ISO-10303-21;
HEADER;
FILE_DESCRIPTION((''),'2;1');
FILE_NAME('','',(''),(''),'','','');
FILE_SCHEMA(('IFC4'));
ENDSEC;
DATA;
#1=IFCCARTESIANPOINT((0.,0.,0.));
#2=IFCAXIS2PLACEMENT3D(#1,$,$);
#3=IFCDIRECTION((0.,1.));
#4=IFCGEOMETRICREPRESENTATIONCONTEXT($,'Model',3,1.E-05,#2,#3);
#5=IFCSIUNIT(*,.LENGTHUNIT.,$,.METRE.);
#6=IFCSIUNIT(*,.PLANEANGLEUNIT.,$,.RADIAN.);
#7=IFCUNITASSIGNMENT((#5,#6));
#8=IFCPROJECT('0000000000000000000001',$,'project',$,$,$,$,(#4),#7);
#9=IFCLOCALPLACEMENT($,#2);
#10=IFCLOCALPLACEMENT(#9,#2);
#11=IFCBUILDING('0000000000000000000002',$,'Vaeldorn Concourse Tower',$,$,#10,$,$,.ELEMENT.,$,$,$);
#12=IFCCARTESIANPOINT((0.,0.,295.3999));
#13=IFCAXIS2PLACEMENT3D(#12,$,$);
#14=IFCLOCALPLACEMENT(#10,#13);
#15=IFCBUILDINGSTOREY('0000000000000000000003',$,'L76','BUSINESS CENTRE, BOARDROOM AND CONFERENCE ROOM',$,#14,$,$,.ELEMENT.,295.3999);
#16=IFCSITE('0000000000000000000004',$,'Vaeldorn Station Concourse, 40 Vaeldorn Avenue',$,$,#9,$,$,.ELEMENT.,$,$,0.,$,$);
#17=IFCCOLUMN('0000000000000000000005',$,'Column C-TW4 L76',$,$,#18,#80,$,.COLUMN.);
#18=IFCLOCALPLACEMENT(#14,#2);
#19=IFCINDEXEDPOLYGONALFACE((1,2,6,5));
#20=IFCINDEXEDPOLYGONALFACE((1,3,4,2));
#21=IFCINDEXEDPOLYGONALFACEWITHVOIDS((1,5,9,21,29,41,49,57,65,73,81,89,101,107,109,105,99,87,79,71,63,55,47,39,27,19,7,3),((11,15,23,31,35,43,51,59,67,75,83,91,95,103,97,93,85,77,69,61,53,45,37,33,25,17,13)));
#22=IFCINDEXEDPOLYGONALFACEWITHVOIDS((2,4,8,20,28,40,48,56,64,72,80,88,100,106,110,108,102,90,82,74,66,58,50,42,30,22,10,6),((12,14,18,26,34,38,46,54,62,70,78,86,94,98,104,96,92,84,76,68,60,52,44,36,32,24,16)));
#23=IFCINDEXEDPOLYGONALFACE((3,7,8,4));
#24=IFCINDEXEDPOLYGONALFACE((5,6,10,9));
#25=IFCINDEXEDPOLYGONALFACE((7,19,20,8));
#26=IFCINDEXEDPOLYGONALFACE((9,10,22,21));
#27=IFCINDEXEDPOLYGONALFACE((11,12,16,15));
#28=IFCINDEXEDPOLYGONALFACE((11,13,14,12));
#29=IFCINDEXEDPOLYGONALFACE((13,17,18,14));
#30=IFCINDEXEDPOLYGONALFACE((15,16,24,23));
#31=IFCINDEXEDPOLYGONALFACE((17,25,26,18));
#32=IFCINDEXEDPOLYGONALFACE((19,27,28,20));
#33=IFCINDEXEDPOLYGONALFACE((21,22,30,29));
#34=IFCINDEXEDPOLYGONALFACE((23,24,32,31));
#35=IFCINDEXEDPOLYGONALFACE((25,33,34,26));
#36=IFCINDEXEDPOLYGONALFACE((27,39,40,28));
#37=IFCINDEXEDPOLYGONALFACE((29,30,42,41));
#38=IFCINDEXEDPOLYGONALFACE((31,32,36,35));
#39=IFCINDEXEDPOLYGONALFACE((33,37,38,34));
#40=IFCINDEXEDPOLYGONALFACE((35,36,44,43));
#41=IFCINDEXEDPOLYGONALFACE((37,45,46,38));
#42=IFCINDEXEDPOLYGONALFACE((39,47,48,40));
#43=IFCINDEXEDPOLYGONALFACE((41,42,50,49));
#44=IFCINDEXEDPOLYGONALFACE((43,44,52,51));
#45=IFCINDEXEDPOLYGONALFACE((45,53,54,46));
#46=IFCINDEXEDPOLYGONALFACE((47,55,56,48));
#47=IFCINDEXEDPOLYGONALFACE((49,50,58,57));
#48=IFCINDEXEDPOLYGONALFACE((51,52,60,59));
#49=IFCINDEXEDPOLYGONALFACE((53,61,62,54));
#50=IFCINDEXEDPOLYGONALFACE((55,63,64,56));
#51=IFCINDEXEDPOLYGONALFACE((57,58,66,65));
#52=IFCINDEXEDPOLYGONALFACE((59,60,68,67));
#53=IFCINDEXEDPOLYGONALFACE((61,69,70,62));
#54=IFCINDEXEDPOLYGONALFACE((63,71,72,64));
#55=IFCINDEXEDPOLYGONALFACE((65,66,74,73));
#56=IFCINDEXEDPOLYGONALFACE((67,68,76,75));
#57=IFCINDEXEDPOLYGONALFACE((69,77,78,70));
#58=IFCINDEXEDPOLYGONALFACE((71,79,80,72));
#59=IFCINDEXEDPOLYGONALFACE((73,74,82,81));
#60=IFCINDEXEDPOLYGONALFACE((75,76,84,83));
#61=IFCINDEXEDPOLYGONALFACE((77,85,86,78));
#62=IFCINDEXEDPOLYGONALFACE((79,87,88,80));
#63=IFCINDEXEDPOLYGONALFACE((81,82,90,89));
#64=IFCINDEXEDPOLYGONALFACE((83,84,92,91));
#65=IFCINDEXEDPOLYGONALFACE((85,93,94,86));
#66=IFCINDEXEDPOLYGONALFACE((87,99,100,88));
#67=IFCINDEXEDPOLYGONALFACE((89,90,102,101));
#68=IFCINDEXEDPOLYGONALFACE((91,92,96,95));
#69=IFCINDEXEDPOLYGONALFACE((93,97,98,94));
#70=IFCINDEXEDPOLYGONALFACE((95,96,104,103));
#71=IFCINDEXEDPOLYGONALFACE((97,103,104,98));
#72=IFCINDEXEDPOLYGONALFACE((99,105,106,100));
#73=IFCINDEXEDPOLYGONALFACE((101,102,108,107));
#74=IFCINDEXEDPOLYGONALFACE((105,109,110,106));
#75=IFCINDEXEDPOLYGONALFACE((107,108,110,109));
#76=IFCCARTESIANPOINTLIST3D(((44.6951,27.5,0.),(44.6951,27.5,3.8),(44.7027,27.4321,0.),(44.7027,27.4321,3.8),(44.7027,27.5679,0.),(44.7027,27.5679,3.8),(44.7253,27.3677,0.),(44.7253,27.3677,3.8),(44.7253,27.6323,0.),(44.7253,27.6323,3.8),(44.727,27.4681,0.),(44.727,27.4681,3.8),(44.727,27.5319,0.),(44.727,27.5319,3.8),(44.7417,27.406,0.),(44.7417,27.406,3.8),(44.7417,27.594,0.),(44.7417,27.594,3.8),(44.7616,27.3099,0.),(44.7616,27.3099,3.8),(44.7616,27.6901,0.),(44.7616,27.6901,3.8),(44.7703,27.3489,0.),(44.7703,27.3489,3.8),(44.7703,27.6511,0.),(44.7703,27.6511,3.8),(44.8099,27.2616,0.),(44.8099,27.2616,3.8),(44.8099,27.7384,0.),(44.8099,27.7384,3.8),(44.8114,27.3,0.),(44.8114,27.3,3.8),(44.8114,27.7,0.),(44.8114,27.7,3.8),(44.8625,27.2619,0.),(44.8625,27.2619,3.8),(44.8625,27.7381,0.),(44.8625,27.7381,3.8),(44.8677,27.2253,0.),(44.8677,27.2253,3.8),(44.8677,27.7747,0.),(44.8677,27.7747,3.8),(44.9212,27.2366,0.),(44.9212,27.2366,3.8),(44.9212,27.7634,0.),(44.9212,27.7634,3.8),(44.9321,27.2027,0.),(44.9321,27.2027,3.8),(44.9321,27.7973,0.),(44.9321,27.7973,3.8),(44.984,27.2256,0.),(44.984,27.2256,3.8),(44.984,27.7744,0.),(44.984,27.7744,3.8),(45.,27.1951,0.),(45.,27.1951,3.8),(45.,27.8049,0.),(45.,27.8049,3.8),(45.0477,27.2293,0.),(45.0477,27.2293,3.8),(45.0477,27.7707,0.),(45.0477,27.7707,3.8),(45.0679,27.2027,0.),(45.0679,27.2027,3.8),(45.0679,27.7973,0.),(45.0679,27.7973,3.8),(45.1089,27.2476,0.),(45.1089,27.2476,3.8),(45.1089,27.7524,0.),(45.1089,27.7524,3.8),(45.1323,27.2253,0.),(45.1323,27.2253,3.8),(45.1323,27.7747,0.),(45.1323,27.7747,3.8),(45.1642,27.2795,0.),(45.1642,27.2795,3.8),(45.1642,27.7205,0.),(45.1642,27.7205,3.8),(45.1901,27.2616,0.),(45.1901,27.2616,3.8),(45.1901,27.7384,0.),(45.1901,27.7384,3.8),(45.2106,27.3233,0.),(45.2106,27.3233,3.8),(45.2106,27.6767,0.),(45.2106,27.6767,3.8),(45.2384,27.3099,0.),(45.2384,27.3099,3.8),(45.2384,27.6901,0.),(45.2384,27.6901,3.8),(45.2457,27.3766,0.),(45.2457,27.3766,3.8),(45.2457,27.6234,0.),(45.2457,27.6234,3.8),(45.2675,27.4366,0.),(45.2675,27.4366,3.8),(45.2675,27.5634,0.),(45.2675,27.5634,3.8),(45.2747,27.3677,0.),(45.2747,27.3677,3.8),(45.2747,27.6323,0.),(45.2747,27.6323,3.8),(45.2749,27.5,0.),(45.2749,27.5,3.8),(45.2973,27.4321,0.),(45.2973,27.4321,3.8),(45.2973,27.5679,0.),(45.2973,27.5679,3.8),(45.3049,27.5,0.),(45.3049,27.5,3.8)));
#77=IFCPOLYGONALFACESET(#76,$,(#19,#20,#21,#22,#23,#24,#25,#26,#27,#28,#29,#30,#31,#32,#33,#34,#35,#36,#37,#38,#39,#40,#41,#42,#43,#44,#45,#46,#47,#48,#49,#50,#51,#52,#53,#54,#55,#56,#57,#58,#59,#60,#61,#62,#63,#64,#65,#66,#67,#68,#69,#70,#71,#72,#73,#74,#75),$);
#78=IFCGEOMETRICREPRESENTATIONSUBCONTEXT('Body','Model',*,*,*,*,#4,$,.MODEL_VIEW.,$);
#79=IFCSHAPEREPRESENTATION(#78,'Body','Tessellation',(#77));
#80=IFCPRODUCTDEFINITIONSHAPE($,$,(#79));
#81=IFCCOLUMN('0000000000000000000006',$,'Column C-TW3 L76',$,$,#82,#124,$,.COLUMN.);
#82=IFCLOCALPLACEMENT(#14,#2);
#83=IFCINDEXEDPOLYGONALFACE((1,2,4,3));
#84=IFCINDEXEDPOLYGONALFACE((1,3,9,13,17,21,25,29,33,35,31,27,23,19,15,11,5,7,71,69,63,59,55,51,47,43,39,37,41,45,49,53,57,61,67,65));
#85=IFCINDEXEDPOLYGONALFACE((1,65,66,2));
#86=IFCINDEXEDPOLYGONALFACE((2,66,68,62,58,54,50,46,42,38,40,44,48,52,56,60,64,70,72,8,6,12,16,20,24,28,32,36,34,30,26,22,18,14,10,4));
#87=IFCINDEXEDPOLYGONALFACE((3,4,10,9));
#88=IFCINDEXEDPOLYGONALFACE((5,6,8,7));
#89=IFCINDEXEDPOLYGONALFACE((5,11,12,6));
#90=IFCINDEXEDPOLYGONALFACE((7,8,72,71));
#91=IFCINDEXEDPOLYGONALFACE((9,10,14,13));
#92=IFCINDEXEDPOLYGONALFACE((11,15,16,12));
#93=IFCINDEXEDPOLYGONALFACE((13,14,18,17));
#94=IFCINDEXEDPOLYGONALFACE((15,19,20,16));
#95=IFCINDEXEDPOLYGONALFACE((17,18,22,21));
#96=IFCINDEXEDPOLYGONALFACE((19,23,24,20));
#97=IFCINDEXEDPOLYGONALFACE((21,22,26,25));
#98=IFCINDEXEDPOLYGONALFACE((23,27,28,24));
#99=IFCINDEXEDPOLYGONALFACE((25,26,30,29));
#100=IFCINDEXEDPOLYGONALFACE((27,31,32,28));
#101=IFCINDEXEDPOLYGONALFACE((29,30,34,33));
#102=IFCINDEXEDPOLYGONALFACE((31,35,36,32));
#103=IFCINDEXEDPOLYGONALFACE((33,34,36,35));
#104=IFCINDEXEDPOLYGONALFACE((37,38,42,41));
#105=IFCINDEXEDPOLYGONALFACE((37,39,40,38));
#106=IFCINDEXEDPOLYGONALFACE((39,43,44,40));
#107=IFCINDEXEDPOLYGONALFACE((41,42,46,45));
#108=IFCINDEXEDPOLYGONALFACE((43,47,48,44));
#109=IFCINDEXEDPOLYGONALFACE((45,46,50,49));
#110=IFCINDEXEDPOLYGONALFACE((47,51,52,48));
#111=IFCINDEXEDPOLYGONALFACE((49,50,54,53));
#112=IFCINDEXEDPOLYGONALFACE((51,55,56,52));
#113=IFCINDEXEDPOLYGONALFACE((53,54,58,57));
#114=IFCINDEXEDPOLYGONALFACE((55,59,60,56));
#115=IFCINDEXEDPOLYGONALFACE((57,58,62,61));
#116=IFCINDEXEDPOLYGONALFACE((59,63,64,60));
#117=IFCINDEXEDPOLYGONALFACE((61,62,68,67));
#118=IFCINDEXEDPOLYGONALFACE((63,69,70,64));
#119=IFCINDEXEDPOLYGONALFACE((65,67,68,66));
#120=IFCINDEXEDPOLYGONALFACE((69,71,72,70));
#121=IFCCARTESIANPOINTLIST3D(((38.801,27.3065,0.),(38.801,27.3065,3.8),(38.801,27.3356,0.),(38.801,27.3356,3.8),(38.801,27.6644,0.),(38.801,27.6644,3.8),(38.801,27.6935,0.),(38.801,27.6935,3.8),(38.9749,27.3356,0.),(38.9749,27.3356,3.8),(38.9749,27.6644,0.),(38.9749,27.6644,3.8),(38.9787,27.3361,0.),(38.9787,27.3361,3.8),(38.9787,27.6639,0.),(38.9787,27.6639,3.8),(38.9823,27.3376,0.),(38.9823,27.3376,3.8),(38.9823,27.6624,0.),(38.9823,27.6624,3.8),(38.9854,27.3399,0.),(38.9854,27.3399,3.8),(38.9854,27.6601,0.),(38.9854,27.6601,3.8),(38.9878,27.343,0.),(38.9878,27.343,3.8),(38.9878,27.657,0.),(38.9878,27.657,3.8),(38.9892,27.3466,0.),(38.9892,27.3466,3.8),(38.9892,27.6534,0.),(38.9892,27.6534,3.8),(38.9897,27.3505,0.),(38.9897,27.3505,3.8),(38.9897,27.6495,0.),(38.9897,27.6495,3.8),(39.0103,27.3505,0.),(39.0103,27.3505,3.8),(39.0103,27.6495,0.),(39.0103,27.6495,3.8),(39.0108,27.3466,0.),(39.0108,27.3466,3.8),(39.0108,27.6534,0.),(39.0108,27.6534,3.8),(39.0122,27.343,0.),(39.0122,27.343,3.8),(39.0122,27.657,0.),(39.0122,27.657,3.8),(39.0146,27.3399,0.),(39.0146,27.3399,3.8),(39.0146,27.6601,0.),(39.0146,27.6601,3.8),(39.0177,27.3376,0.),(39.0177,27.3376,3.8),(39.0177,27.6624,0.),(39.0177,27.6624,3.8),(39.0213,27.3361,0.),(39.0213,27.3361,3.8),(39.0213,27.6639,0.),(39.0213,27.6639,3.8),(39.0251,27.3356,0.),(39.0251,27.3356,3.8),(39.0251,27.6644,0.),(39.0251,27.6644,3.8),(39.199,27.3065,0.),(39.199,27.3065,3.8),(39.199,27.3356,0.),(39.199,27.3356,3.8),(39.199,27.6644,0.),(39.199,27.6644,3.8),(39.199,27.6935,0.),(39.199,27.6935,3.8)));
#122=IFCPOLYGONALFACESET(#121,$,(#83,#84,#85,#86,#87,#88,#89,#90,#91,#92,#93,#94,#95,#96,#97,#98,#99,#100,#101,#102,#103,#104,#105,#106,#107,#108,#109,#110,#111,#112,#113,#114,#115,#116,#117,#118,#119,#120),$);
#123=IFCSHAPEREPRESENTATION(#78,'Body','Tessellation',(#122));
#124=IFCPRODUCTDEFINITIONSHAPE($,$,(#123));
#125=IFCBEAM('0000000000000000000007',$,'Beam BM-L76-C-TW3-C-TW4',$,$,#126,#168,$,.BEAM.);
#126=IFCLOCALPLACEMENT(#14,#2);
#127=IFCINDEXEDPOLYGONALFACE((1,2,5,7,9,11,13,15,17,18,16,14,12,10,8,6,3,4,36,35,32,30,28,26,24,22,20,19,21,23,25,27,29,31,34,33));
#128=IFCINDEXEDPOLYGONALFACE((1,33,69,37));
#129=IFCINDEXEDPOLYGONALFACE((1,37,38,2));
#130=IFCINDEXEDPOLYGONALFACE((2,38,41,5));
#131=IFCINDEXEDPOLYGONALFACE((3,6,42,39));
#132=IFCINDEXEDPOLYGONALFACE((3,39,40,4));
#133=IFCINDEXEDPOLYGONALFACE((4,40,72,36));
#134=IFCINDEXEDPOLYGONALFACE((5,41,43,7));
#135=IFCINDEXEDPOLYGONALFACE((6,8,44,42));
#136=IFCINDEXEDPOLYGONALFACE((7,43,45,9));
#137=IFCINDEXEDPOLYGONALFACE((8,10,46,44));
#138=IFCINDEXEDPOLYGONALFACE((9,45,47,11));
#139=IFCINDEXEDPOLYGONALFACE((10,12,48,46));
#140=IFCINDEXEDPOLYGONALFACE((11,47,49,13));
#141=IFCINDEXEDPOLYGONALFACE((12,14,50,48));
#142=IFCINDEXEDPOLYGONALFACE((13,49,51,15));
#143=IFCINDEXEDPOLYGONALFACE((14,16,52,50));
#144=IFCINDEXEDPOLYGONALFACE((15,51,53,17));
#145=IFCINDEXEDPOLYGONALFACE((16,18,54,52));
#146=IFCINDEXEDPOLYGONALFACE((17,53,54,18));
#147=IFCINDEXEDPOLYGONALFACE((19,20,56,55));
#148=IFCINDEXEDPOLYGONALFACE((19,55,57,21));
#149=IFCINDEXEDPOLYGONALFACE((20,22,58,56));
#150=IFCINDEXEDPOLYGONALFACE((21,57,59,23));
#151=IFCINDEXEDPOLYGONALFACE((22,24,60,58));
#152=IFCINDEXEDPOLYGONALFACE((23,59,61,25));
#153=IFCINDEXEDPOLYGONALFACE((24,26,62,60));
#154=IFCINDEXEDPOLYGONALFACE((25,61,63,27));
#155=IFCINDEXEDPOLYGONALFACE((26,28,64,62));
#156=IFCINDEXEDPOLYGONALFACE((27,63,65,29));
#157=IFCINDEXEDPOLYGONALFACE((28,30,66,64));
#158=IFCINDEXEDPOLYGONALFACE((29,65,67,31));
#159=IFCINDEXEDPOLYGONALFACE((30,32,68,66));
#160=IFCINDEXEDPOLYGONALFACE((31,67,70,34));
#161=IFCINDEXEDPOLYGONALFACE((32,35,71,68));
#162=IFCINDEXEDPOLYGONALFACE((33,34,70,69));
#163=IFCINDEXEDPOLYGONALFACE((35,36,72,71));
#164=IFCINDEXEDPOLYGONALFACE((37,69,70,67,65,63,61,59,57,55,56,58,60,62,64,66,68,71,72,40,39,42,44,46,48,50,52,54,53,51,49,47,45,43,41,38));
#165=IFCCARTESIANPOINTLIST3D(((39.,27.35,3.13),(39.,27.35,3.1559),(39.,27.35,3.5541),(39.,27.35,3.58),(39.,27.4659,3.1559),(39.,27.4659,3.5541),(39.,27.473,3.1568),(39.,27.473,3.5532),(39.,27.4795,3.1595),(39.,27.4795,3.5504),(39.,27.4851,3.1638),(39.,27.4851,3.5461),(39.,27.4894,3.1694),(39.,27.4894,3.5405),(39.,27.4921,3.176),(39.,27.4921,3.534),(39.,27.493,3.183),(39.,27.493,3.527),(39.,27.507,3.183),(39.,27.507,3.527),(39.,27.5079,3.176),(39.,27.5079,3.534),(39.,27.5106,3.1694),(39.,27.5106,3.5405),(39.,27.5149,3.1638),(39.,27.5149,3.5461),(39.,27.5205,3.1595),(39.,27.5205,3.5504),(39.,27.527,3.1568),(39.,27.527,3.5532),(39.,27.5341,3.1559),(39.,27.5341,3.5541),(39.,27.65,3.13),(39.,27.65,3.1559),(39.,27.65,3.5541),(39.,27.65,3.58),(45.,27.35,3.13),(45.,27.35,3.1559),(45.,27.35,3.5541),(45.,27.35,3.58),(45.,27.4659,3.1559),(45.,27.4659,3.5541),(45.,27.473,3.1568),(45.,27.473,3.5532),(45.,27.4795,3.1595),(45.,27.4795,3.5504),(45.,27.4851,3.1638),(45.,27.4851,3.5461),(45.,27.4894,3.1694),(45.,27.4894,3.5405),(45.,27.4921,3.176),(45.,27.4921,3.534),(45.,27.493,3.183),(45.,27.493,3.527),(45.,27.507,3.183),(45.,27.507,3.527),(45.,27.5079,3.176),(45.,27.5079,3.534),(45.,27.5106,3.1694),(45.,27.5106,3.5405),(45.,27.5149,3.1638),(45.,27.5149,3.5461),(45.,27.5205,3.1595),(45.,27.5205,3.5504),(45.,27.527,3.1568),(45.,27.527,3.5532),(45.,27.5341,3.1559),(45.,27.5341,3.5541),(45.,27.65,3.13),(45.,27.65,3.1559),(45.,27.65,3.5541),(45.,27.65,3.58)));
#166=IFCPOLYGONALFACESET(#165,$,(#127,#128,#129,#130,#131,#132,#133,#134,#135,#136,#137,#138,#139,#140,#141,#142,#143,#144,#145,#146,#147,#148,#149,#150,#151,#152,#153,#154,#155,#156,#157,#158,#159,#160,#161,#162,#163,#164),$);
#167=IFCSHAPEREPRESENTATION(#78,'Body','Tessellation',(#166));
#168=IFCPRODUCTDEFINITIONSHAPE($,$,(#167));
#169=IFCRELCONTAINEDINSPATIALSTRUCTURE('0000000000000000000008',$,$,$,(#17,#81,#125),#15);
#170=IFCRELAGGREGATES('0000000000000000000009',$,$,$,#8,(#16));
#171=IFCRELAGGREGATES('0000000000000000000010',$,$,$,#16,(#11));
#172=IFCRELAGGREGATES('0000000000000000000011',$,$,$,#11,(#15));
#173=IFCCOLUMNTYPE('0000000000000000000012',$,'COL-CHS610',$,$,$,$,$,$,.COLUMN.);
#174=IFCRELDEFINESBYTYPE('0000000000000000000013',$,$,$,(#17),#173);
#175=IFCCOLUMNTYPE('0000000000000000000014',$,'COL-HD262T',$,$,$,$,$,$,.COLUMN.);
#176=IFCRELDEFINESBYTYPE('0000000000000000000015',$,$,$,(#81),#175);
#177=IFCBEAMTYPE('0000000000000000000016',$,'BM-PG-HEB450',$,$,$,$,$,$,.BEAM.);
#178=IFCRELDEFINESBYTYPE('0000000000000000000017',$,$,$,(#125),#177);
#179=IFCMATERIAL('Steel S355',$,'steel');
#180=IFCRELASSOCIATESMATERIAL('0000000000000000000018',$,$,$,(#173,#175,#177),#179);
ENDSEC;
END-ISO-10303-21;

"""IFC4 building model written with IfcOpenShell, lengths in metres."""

from ifc_helpers import new_model, si_unit, direction, frame, origin, origin_2d, place, context, subcontext, project, spatial, hollow_circle, i_section, extrude, source, transform, mapped, material, material_profile, profile_set, type_object, element, save


model = new_model("IFC4")

# Units and contexts
model_context = context("Model", 3, precision=1e-05, world=origin(), true_north=direction((0.0, 1.0)))
body_context = subcontext(model_context, "Body", "Model", "MODEL_VIEW")
ifc_project = project(units=[si_unit("LENGTHUNIT", "METRE"), si_unit("PLANEANGLEUNIT", "RADIAN")], contexts=[model_context])

# Site, building, storey
site_placement = place(None, origin())
site = spatial("IfcSite", under=ifc_project, at=site_placement, Name="Vaeldorn Station Concourse, 40 Vaeldorn Avenue", CompositionType="ELEMENT", RefElevation=0.0)
building_placement = place(site_placement, origin())
building = spatial("IfcBuilding", under=site, at=building_placement, Name="Vaeldorn Concourse Tower", CompositionType="ELEMENT")
storey_placement = place(building_placement, frame((0.0, 0.0, 295.3999)))
storey = spatial("IfcBuildingStorey", under=building, at=storey_placement, Name="L76", Description="BUSINESS CENTRE, BOARDROOM AND CONFERENCE ROOM", CompositionType="ELEMENT", Elevation=295.3999)

# Columns
ifc_material_1 = material(Name="Steel S355", Category="steel")
ifc_material_profile_1 = material_profile(ifc_material_1, hollow_circle(Radius=0.3049, WallThickness=0.03, at=origin_2d()), Name="CHS 610x30")
ifc_profile_set_1 = profile_set([ifc_material_profile_1], Name="Steel S355")
column_type_1 = type_object("IfcColumnType", Name="COL-CHS610", PredefinedType="COLUMN", material=ifc_profile_set_1)
shared_shape_1 = source(origin(), body_context, "Body", "SweptSolid", [
    extrude(hollow_circle(Radius=0.3049, WallThickness=0.03, at=origin_2d()), origin(), (0.0, 0.0, 1.0), 3.8),
])
column_1_placement = place(storey_placement, frame((45.0, 27.5, 0.0), z_axis=(0.0, 0.0, 1.0), x_axis=(1.0, 0.0, 0.0)))
element("IfcColumn", 1, at=column_1_placement, inside=storey, type_object=column_type_1, Name="Column C-TW4 L76", PredefinedType="COLUMN", context=body_context, shape_type="MappedRepresentation", body=[
    mapped(shared_shape_1, transform((0.0, 0.0, 0.0), scale=1.0)),
])
ifc_material_profile_2 = material_profile(ifc_material_1, i_section(OverallWidth=0.3979, OverallDepth=0.387, WebThickness=0.0205, FlangeThickness=0.0291, FilletRadius=0.0149, at=origin_2d()), Name="HD 400x262")
ifc_profile_set_2 = profile_set([ifc_material_profile_2], Name="Steel S355")
column_type_2 = type_object("IfcColumnType", Name="COL-HD262T", PredefinedType="COLUMN", material=ifc_profile_set_2)
shared_shape_2 = source(origin(), body_context, "Body", "SweptSolid", [
    extrude(i_section(OverallWidth=0.3979, OverallDepth=0.387, WebThickness=0.0205, FlangeThickness=0.0291, FilletRadius=0.0149, at=origin_2d()), origin(), (0.0, 0.0, 1.0), 3.8),
])
column_2_placement = place(storey_placement, frame((39.0, 27.5, 0.0), z_axis=(0.0, 0.0, 1.0), x_axis=(1.0, 0.0, 0.0)))
element("IfcColumn", 2, at=column_2_placement, inside=storey, type_object=column_type_2, Name="Column C-TW3 L76", PredefinedType="COLUMN", context=body_context, shape_type="MappedRepresentation", body=[
    mapped(shared_shape_2, transform((0.0, 0.0, 0.0), scale=1.0)),
])

# Beam
ifc_material_profile_3 = material_profile(ifc_material_1, i_section(OverallWidth=0.3, OverallDepth=0.45, WebThickness=0.0139, FlangeThickness=0.0259, FilletRadius=0.0271, at=origin_2d()), Name="HEB 450")
ifc_profile_set_3 = profile_set([ifc_material_profile_3], Name="Steel S355")
beam_type_1 = type_object("IfcBeamType", Name="BM-PG-HEB450", PredefinedType="BEAM", material=ifc_profile_set_3)
shared_shape_3 = source(origin(), body_context, "Body", "SweptSolid", [
    extrude(i_section(OverallWidth=0.3, OverallDepth=0.45, WebThickness=0.0139, FlangeThickness=0.0259, FilletRadius=0.0271, at=origin_2d()), origin(), (0.0, 0.0, 1.0), 6.0),
])
beam_1_placement = place(storey_placement, frame((39.0, 27.5, 3.355), z_axis=(1.0, 0.0, 0.0), x_axis=(0.0, 1.0, 0.0)))
element("IfcBeam", 3, at=beam_1_placement, inside=storey, type_object=beam_type_1, Name="Beam BM-L76-C-TW3-C-TW4", PredefinedType="BEAM", context=body_context, shape_type="MappedRepresentation", body=[
    mapped(shared_shape_3, transform((0.0, 0.0, 0.0), scale=1.0)),
])

save(model, "model.ifc")
